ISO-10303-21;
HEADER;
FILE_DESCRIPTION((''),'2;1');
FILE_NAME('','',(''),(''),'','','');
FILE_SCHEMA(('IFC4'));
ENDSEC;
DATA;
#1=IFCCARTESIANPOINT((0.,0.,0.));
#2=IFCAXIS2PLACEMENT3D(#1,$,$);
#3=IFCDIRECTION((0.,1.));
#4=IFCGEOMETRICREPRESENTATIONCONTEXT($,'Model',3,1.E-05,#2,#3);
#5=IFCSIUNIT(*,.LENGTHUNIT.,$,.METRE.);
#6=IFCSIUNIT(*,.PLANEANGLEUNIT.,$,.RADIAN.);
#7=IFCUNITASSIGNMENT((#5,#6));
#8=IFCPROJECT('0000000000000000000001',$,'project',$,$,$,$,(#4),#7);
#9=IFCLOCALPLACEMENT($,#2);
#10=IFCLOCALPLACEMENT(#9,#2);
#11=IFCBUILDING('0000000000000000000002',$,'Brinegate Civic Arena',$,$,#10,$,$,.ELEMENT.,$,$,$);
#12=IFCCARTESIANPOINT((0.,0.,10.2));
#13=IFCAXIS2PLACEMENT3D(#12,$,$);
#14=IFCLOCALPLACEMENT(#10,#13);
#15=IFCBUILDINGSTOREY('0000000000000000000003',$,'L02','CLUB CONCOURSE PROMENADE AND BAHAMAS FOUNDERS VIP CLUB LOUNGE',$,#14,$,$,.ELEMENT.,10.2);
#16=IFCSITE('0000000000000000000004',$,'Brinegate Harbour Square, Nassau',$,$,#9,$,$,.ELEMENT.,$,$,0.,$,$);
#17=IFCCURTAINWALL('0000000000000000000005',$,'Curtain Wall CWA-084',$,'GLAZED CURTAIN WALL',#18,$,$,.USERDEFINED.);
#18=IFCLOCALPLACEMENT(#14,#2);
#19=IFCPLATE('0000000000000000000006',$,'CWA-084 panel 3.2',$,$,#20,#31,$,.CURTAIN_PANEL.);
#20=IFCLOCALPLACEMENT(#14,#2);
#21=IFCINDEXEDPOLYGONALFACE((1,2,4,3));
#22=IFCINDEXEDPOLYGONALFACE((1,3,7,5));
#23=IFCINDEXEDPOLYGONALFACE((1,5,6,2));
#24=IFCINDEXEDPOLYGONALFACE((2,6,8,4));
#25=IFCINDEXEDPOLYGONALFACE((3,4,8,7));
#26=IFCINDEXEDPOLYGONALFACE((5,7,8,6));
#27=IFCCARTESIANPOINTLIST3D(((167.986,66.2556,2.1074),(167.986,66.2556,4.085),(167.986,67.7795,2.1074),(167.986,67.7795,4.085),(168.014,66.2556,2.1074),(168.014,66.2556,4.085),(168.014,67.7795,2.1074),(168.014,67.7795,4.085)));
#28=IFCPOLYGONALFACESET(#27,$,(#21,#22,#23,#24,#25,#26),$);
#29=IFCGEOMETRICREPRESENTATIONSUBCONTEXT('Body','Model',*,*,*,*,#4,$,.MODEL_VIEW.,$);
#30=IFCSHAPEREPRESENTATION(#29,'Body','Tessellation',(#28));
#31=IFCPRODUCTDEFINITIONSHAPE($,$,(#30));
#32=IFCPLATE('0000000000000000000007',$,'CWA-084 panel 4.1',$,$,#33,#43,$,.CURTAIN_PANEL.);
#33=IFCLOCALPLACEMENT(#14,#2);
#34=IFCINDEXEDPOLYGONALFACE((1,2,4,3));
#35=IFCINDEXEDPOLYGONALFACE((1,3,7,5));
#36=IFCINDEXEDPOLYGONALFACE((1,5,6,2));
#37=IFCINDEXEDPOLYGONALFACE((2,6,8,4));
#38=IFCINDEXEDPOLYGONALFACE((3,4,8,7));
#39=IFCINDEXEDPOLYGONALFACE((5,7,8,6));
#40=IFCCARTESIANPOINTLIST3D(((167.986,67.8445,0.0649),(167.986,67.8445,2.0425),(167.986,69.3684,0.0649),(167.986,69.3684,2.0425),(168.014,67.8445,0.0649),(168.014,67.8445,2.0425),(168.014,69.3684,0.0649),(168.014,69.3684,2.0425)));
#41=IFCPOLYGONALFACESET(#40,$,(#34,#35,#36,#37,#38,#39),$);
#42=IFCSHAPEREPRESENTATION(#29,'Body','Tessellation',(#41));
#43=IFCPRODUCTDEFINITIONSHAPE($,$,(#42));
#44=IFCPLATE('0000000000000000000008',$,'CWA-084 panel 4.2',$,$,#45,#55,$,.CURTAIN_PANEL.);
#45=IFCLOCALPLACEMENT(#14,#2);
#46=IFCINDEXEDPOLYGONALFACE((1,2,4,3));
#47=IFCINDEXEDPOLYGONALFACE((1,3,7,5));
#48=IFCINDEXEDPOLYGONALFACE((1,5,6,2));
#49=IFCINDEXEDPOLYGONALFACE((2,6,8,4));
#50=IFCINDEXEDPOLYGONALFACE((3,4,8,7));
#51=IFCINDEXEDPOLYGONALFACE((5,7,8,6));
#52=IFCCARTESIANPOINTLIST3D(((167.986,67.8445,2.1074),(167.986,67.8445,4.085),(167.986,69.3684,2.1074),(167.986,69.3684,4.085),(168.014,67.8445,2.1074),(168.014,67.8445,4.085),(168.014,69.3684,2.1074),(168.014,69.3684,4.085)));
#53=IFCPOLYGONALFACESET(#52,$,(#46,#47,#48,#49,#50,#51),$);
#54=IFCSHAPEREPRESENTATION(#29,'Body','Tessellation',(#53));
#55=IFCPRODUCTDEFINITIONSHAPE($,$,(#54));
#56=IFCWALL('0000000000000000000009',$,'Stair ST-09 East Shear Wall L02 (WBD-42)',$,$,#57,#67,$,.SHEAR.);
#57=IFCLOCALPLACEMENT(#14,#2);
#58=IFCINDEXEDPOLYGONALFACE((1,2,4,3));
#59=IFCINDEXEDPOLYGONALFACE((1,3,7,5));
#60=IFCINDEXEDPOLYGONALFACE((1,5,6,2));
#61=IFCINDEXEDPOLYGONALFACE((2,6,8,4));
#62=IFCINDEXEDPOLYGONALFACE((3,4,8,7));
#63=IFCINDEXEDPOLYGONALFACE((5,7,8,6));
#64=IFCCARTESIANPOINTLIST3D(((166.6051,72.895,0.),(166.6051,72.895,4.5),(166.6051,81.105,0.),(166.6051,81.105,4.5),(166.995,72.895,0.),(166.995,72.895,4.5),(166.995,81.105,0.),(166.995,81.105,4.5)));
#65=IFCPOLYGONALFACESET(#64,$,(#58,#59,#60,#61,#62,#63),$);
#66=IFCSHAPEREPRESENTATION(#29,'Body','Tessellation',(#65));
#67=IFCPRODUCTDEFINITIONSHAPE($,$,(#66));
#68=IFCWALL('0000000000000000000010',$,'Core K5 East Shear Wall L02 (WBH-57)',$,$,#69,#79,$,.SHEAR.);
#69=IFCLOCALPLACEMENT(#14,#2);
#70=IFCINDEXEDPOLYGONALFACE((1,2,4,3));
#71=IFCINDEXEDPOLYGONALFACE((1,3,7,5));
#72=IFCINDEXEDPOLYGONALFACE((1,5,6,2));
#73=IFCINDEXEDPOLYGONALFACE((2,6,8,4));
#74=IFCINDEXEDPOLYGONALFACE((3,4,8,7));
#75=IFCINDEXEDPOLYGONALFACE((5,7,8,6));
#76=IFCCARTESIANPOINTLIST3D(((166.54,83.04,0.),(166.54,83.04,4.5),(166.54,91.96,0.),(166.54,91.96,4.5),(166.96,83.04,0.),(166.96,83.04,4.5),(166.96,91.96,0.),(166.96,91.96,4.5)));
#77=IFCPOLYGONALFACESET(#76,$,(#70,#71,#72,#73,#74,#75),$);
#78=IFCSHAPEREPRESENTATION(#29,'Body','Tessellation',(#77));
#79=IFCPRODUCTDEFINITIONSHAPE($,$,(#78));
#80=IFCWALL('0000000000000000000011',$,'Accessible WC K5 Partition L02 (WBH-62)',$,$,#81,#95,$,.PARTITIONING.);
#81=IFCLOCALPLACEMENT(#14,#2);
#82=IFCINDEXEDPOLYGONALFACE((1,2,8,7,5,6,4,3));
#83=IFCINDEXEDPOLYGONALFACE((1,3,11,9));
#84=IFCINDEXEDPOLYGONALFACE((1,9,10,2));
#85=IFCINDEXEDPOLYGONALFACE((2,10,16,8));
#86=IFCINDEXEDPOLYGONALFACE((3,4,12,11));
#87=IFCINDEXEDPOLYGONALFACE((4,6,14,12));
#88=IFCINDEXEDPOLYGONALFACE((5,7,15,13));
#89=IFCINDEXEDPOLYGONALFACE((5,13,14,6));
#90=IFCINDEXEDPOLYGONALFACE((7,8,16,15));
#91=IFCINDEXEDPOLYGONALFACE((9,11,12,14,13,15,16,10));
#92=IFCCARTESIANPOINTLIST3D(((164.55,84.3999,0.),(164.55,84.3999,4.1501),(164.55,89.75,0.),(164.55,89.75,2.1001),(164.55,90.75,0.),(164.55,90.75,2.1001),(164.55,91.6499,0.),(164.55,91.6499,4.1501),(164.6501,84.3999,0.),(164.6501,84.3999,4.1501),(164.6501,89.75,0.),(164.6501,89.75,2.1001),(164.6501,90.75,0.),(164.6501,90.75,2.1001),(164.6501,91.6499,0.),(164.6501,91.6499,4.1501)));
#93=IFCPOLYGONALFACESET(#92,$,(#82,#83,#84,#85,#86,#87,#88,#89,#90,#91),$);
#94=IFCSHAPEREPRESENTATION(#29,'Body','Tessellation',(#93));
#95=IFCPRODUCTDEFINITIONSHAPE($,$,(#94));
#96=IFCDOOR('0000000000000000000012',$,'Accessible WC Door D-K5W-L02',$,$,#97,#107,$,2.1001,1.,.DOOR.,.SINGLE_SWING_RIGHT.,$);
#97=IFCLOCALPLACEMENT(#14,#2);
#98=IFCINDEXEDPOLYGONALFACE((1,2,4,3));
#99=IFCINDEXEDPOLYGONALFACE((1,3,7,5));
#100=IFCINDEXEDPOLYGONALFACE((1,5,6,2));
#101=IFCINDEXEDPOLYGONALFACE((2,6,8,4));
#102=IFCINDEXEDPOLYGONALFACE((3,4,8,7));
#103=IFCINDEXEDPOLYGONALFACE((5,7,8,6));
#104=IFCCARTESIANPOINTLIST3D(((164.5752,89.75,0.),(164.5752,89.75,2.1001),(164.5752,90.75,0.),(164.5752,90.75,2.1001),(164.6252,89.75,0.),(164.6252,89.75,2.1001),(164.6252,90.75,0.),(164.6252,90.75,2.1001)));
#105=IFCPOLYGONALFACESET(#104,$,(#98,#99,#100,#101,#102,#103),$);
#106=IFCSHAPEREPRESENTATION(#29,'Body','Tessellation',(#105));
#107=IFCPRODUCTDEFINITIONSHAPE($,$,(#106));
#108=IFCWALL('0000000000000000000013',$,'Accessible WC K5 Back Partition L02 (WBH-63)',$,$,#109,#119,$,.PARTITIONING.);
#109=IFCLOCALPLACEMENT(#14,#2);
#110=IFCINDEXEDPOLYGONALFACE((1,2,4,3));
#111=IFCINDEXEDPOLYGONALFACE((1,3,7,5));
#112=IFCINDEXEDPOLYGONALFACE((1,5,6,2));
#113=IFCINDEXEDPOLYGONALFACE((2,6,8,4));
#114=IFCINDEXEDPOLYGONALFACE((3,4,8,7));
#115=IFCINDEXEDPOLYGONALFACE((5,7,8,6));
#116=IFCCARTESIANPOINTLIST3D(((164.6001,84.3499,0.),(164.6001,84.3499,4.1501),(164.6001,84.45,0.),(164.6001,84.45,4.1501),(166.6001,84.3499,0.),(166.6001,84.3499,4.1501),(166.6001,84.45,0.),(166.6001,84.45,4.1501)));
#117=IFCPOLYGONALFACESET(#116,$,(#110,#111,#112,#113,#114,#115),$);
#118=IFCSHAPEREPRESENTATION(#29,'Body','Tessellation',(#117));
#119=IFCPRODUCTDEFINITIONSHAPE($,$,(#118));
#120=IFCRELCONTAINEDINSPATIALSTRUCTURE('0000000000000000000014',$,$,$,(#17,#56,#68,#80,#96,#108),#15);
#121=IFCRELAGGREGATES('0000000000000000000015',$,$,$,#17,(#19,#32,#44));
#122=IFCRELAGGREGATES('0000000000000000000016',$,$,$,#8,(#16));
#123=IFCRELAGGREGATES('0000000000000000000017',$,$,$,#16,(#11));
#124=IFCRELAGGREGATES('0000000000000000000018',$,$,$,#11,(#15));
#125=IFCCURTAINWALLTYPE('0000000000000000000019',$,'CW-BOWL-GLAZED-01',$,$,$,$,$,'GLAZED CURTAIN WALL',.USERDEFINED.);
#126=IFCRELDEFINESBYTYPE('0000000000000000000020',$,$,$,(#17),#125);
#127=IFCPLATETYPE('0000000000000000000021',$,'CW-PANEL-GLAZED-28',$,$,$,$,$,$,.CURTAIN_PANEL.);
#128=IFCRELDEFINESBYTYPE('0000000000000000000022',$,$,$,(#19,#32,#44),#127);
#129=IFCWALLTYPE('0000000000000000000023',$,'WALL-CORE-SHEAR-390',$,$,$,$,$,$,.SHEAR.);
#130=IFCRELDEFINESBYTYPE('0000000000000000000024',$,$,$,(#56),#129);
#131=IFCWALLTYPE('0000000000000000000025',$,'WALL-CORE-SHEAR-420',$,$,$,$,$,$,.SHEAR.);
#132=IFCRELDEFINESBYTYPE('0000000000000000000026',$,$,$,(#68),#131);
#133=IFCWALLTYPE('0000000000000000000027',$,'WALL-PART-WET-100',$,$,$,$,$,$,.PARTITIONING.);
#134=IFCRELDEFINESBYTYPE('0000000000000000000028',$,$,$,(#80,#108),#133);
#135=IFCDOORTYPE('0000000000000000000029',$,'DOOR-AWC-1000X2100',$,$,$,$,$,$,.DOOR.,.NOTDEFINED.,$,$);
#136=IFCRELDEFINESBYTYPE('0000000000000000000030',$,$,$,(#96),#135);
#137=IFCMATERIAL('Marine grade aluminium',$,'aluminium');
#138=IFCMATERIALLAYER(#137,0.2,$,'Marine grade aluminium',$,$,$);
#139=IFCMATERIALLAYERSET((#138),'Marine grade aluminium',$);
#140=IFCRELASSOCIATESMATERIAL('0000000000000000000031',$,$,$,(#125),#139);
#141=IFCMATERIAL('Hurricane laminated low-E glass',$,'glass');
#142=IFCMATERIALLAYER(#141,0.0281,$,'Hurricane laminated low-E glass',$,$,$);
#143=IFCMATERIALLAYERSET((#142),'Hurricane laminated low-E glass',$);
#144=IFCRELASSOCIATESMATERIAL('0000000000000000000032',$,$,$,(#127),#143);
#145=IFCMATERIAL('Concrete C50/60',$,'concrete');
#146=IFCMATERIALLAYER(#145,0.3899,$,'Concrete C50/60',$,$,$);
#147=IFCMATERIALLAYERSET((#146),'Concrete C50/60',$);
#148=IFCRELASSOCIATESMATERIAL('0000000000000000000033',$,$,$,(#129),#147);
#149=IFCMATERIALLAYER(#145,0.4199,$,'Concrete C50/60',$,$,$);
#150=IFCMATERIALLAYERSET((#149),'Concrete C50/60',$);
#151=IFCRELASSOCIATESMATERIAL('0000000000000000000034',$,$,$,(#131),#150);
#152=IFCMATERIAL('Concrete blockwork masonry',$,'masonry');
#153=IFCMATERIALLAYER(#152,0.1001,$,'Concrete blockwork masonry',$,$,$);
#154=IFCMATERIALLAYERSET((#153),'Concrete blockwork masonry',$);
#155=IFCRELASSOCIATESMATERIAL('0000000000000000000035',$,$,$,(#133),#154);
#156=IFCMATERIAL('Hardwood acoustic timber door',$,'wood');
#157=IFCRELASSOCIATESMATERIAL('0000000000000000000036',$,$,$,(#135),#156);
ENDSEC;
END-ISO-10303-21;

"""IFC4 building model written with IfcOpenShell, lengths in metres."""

from ifc_helpers import new_model, si_unit, direction, frame, frame_2d, origin, origin_2d, place, context, subcontext, project, spatial, rectangle, extrude, material, layer, layer_set, type_object, element, fill, aggregate, save


model = new_model("IFC4")

# Units and contexts
model_context = context("Model", 3, precision=1e-05, world=origin(), true_north=direction((0.0, 1.0)))
body_context = subcontext(model_context, "Body", "Model", "MODEL_VIEW")
ifc_project = project(units=[si_unit("LENGTHUNIT", "METRE"), si_unit("PLANEANGLEUNIT", "RADIAN")], contexts=[model_context])

# Site, building, storey
site_placement = place(None, origin())
site = spatial("IfcSite", under=ifc_project, at=site_placement, Name="Brinegate Harbour Square, Nassau", CompositionType="ELEMENT", RefElevation=0.0)
building_placement = place(site_placement, origin())
building = spatial("IfcBuilding", under=site, at=building_placement, Name="Brinegate Civic Arena", CompositionType="ELEMENT")
storey_placement = place(building_placement, frame((0.0, 0.0, 10.2)))
storey = spatial("IfcBuildingStorey", under=building, at=storey_placement, Name="L02", Description="CLUB CONCOURSE PROMENADE AND BAHAMAS FOUNDERS VIP CLUB LOUNGE", CompositionType="ELEMENT", Elevation=10.2)

# Shared definitions
ifc_material_1 = material(Name="Concrete C50/60", Category="concrete")

# Curtain wall
ifc_material_2 = material(Name="Marine grade aluminium", Category="aluminium")
ifc_layer_1 = layer(ifc_material_2, 0.2, Name="Marine grade aluminium")
ifc_layer_set_1 = layer_set([ifc_layer_1], Name="Marine grade aluminium")
curtain_wall_type = type_object("IfcCurtainWallType", Name="CW-BOWL-GLAZED-01", ElementType="GLAZED CURTAIN WALL", PredefinedType="USERDEFINED", material=ifc_layer_set_1)
curtain_wall_placement = place(storey_placement, origin())
curtain_wall = element("IfcCurtainWall", 1, at=curtain_wall_placement, inside=storey, type_object=curtain_wall_type, Name="Curtain Wall CWA-084", ObjectType="GLAZED CURTAIN WALL", PredefinedType="USERDEFINED")

# Plates
ifc_material_3 = material(Name="Hurricane laminated low-E glass", Category="glass")
ifc_layer_2 = layer(ifc_material_3, 0.0281, Name="Hurricane laminated low-E glass")
ifc_layer_set_2 = layer_set([ifc_layer_2], Name="Hurricane laminated low-E glass")
plate_type = type_object("IfcPlateType", Name="CW-PANEL-GLAZED-28", PredefinedType="CURTAIN_PANEL", material=ifc_layer_set_2)
plate_1_placement = place(storey_placement, frame((168.0, 67.0176, 2.1074), z_axis=(0.0, 0.0, 1.0), x_axis=(0.0, 1.0, 0.0)))
plate_1 = element("IfcPlate", 2, at=plate_1_placement, type_object=plate_type, Name="CWA-084 panel 3.2", PredefinedType="CURTAIN_PANEL", context=body_context, shape_type="SweptSolid", body=[
    extrude(rectangle(XDim=1.5239, YDim=0.0281, at=origin_2d()), origin(), (0.0, 0.0, 1.0), 1.9775),
])
plate_2_placement = place(storey_placement, frame((168.0, 68.6064, 0.0649), z_axis=(0.0, 0.0, 1.0), x_axis=(0.0, 1.0, 0.0)))
plate_2 = element("IfcPlate", 3, at=plate_2_placement, type_object=plate_type, Name="CWA-084 panel 4.1", PredefinedType="CURTAIN_PANEL", context=body_context, shape_type="SweptSolid", body=[
    extrude(rectangle(XDim=1.5239, YDim=0.0281, at=origin_2d()), origin(), (0.0, 0.0, 1.0), 1.9775),
])
plate_3_placement = place(storey_placement, frame((168.0, 68.6064, 2.1074), z_axis=(0.0, 0.0, 1.0), x_axis=(0.0, 1.0, 0.0)))
plate_3 = element("IfcPlate", 4, at=plate_3_placement, type_object=plate_type, Name="CWA-084 panel 4.2", PredefinedType="CURTAIN_PANEL", context=body_context, shape_type="SweptSolid", body=[
    extrude(rectangle(XDim=1.5239, YDim=0.0281, at=origin_2d()), origin(), (0.0, 0.0, 1.0), 1.9775),
])
aggregate(curtain_wall, [plate_1, plate_2, plate_3])

# Walls
ifc_layer_3 = layer(ifc_material_1, 0.3899, Name="Concrete C50/60")
ifc_layer_set_3 = layer_set([ifc_layer_3], Name="Concrete C50/60")
wall_type_1 = type_object("IfcWallType", Name="WALL-CORE-SHEAR-390", PredefinedType="SHEAR", material=ifc_layer_set_3)
wall_1_placement = place(storey_placement, frame((166.8, 72.895, 0.0), z_axis=(0.0, 0.0, 1.0), x_axis=(0.0, 1.0, 0.0)))
element("IfcWall", 5, at=wall_1_placement, inside=storey, type_object=wall_type_1, Name="Stair ST-09 East Shear Wall L02 (WBD-42)", PredefinedType="SHEAR", context=body_context, shape_type="SweptSolid", body=[
    extrude(rectangle(XDim=8.21, YDim=0.3899, at=frame_2d((4.105, 0.0))), origin(), (0.0, 0.0, 1.0), 4.5),
])
ifc_layer_4 = layer(ifc_material_1, 0.4199, Name="Concrete C50/60")
ifc_layer_set_4 = layer_set([ifc_layer_4], Name="Concrete C50/60")
wall_type_2 = type_object("IfcWallType", Name="WALL-CORE-SHEAR-420", PredefinedType="SHEAR", material=ifc_layer_set_4)
wall_2_placement = place(storey_placement, frame((166.75, 83.04, 0.0), z_axis=(0.0, 0.0, 1.0), x_axis=(0.0, 1.0, 0.0)))
element("IfcWall", 6, at=wall_2_placement, inside=storey, type_object=wall_type_2, Name="Core K5 East Shear Wall L02 (WBH-57)", PredefinedType="SHEAR", context=body_context, shape_type="SweptSolid", body=[
    extrude(rectangle(XDim=8.9199, YDim=0.4199, at=frame_2d((4.46, 0.0))), origin(), (0.0, 0.0, 1.0), 4.5),
])

# Wall, opening, door
ifc_material_4 = material(Name="Concrete blockwork masonry", Category="masonry")
ifc_layer_5 = layer(ifc_material_4, 0.1001, Name="Concrete blockwork masonry")
ifc_layer_set_5 = layer_set([ifc_layer_5], Name="Concrete blockwork masonry")
wall_type_3 = type_object("IfcWallType", Name="WALL-PART-WET-100", PredefinedType="PARTITIONING", material=ifc_layer_set_5)
wall_3_placement = place(storey_placement, frame((164.6001, 84.3999, 0.0), z_axis=(0.0, 0.0, 1.0), x_axis=(0.0, 1.0, 0.0)))
wall_3 = element("IfcWall", 7, at=wall_3_placement, inside=storey, type_object=wall_type_3, Name="Accessible WC K5 Partition L02 (WBH-62)", PredefinedType="PARTITIONING", context=body_context, shape_type="SweptSolid", body=[
    extrude(rectangle(XDim=7.25, YDim=0.1001, at=frame_2d((3.625, 0.0))), origin(), (0.0, 0.0, 1.0), 4.1501),
])
opening_placement = place(wall_3_placement, frame((5.3501, 0.0, 0.0)))
opening = element("IfcOpeningElement", 8, at=opening_placement, cuts=wall_3, PredefinedType="OPENING", context=body_context, shape_type="SweptSolid", body=[
    extrude(rectangle(XDim=1.0, YDim=2.1001, at=frame_2d((0.5, 1.05))), frame((0.0, 0.0601, 0.0), z_axis=(0.0, -1.0, 0.0), x_axis=(1.0, 0.0, 0.0)), (0.0, 0.0, 1.0), 0.1201),
])
ifc_material_5 = material(Name="Hardwood acoustic timber door", Category="wood")
door_type = type_object("IfcDoorType", Name="DOOR-AWC-1000X2100", OperationType="NOTDEFINED", PredefinedType="DOOR", material=ifc_material_5)
door_placement = place(opening_placement, origin())
door = element("IfcDoor", 9, at=door_placement, inside=storey, type_object=door_type, Name="Accessible WC Door D-K5W-L02", OperationType="SINGLE_SWING_RIGHT", OverallHeight=2.1001, OverallWidth=1.0, PredefinedType="DOOR", context=body_context, shape_type="SweptSolid", body=[
    extrude(rectangle(XDim=1.0, YDim=2.1001, at=frame_2d((0.5, 1.05))), frame((0.0, 0.0249, 0.0), z_axis=(0.0, -1.0, 0.0), x_axis=(1.0, 0.0, 0.0)), (0.0, 0.0, 1.0), 0.05),
])
fill(opening, door)

# Wall
wall_4_placement = place(storey_placement, frame((164.6001, 84.3999, 0.0), z_axis=(0.0, 0.0, 1.0), x_axis=(1.0, 0.0, 0.0)))
element("IfcWall", 10, at=wall_4_placement, inside=storey, type_object=wall_type_3, Name="Accessible WC K5 Back Partition L02 (WBH-63)", PredefinedType="PARTITIONING", context=body_context, shape_type="SweptSolid", body=[
    extrude(rectangle(XDim=2.0, YDim=0.1001, at=frame_2d((1.0, 0.0))), origin(), (0.0, 0.0, 1.0), 4.1501),
])

save(model, "model.ifc")
